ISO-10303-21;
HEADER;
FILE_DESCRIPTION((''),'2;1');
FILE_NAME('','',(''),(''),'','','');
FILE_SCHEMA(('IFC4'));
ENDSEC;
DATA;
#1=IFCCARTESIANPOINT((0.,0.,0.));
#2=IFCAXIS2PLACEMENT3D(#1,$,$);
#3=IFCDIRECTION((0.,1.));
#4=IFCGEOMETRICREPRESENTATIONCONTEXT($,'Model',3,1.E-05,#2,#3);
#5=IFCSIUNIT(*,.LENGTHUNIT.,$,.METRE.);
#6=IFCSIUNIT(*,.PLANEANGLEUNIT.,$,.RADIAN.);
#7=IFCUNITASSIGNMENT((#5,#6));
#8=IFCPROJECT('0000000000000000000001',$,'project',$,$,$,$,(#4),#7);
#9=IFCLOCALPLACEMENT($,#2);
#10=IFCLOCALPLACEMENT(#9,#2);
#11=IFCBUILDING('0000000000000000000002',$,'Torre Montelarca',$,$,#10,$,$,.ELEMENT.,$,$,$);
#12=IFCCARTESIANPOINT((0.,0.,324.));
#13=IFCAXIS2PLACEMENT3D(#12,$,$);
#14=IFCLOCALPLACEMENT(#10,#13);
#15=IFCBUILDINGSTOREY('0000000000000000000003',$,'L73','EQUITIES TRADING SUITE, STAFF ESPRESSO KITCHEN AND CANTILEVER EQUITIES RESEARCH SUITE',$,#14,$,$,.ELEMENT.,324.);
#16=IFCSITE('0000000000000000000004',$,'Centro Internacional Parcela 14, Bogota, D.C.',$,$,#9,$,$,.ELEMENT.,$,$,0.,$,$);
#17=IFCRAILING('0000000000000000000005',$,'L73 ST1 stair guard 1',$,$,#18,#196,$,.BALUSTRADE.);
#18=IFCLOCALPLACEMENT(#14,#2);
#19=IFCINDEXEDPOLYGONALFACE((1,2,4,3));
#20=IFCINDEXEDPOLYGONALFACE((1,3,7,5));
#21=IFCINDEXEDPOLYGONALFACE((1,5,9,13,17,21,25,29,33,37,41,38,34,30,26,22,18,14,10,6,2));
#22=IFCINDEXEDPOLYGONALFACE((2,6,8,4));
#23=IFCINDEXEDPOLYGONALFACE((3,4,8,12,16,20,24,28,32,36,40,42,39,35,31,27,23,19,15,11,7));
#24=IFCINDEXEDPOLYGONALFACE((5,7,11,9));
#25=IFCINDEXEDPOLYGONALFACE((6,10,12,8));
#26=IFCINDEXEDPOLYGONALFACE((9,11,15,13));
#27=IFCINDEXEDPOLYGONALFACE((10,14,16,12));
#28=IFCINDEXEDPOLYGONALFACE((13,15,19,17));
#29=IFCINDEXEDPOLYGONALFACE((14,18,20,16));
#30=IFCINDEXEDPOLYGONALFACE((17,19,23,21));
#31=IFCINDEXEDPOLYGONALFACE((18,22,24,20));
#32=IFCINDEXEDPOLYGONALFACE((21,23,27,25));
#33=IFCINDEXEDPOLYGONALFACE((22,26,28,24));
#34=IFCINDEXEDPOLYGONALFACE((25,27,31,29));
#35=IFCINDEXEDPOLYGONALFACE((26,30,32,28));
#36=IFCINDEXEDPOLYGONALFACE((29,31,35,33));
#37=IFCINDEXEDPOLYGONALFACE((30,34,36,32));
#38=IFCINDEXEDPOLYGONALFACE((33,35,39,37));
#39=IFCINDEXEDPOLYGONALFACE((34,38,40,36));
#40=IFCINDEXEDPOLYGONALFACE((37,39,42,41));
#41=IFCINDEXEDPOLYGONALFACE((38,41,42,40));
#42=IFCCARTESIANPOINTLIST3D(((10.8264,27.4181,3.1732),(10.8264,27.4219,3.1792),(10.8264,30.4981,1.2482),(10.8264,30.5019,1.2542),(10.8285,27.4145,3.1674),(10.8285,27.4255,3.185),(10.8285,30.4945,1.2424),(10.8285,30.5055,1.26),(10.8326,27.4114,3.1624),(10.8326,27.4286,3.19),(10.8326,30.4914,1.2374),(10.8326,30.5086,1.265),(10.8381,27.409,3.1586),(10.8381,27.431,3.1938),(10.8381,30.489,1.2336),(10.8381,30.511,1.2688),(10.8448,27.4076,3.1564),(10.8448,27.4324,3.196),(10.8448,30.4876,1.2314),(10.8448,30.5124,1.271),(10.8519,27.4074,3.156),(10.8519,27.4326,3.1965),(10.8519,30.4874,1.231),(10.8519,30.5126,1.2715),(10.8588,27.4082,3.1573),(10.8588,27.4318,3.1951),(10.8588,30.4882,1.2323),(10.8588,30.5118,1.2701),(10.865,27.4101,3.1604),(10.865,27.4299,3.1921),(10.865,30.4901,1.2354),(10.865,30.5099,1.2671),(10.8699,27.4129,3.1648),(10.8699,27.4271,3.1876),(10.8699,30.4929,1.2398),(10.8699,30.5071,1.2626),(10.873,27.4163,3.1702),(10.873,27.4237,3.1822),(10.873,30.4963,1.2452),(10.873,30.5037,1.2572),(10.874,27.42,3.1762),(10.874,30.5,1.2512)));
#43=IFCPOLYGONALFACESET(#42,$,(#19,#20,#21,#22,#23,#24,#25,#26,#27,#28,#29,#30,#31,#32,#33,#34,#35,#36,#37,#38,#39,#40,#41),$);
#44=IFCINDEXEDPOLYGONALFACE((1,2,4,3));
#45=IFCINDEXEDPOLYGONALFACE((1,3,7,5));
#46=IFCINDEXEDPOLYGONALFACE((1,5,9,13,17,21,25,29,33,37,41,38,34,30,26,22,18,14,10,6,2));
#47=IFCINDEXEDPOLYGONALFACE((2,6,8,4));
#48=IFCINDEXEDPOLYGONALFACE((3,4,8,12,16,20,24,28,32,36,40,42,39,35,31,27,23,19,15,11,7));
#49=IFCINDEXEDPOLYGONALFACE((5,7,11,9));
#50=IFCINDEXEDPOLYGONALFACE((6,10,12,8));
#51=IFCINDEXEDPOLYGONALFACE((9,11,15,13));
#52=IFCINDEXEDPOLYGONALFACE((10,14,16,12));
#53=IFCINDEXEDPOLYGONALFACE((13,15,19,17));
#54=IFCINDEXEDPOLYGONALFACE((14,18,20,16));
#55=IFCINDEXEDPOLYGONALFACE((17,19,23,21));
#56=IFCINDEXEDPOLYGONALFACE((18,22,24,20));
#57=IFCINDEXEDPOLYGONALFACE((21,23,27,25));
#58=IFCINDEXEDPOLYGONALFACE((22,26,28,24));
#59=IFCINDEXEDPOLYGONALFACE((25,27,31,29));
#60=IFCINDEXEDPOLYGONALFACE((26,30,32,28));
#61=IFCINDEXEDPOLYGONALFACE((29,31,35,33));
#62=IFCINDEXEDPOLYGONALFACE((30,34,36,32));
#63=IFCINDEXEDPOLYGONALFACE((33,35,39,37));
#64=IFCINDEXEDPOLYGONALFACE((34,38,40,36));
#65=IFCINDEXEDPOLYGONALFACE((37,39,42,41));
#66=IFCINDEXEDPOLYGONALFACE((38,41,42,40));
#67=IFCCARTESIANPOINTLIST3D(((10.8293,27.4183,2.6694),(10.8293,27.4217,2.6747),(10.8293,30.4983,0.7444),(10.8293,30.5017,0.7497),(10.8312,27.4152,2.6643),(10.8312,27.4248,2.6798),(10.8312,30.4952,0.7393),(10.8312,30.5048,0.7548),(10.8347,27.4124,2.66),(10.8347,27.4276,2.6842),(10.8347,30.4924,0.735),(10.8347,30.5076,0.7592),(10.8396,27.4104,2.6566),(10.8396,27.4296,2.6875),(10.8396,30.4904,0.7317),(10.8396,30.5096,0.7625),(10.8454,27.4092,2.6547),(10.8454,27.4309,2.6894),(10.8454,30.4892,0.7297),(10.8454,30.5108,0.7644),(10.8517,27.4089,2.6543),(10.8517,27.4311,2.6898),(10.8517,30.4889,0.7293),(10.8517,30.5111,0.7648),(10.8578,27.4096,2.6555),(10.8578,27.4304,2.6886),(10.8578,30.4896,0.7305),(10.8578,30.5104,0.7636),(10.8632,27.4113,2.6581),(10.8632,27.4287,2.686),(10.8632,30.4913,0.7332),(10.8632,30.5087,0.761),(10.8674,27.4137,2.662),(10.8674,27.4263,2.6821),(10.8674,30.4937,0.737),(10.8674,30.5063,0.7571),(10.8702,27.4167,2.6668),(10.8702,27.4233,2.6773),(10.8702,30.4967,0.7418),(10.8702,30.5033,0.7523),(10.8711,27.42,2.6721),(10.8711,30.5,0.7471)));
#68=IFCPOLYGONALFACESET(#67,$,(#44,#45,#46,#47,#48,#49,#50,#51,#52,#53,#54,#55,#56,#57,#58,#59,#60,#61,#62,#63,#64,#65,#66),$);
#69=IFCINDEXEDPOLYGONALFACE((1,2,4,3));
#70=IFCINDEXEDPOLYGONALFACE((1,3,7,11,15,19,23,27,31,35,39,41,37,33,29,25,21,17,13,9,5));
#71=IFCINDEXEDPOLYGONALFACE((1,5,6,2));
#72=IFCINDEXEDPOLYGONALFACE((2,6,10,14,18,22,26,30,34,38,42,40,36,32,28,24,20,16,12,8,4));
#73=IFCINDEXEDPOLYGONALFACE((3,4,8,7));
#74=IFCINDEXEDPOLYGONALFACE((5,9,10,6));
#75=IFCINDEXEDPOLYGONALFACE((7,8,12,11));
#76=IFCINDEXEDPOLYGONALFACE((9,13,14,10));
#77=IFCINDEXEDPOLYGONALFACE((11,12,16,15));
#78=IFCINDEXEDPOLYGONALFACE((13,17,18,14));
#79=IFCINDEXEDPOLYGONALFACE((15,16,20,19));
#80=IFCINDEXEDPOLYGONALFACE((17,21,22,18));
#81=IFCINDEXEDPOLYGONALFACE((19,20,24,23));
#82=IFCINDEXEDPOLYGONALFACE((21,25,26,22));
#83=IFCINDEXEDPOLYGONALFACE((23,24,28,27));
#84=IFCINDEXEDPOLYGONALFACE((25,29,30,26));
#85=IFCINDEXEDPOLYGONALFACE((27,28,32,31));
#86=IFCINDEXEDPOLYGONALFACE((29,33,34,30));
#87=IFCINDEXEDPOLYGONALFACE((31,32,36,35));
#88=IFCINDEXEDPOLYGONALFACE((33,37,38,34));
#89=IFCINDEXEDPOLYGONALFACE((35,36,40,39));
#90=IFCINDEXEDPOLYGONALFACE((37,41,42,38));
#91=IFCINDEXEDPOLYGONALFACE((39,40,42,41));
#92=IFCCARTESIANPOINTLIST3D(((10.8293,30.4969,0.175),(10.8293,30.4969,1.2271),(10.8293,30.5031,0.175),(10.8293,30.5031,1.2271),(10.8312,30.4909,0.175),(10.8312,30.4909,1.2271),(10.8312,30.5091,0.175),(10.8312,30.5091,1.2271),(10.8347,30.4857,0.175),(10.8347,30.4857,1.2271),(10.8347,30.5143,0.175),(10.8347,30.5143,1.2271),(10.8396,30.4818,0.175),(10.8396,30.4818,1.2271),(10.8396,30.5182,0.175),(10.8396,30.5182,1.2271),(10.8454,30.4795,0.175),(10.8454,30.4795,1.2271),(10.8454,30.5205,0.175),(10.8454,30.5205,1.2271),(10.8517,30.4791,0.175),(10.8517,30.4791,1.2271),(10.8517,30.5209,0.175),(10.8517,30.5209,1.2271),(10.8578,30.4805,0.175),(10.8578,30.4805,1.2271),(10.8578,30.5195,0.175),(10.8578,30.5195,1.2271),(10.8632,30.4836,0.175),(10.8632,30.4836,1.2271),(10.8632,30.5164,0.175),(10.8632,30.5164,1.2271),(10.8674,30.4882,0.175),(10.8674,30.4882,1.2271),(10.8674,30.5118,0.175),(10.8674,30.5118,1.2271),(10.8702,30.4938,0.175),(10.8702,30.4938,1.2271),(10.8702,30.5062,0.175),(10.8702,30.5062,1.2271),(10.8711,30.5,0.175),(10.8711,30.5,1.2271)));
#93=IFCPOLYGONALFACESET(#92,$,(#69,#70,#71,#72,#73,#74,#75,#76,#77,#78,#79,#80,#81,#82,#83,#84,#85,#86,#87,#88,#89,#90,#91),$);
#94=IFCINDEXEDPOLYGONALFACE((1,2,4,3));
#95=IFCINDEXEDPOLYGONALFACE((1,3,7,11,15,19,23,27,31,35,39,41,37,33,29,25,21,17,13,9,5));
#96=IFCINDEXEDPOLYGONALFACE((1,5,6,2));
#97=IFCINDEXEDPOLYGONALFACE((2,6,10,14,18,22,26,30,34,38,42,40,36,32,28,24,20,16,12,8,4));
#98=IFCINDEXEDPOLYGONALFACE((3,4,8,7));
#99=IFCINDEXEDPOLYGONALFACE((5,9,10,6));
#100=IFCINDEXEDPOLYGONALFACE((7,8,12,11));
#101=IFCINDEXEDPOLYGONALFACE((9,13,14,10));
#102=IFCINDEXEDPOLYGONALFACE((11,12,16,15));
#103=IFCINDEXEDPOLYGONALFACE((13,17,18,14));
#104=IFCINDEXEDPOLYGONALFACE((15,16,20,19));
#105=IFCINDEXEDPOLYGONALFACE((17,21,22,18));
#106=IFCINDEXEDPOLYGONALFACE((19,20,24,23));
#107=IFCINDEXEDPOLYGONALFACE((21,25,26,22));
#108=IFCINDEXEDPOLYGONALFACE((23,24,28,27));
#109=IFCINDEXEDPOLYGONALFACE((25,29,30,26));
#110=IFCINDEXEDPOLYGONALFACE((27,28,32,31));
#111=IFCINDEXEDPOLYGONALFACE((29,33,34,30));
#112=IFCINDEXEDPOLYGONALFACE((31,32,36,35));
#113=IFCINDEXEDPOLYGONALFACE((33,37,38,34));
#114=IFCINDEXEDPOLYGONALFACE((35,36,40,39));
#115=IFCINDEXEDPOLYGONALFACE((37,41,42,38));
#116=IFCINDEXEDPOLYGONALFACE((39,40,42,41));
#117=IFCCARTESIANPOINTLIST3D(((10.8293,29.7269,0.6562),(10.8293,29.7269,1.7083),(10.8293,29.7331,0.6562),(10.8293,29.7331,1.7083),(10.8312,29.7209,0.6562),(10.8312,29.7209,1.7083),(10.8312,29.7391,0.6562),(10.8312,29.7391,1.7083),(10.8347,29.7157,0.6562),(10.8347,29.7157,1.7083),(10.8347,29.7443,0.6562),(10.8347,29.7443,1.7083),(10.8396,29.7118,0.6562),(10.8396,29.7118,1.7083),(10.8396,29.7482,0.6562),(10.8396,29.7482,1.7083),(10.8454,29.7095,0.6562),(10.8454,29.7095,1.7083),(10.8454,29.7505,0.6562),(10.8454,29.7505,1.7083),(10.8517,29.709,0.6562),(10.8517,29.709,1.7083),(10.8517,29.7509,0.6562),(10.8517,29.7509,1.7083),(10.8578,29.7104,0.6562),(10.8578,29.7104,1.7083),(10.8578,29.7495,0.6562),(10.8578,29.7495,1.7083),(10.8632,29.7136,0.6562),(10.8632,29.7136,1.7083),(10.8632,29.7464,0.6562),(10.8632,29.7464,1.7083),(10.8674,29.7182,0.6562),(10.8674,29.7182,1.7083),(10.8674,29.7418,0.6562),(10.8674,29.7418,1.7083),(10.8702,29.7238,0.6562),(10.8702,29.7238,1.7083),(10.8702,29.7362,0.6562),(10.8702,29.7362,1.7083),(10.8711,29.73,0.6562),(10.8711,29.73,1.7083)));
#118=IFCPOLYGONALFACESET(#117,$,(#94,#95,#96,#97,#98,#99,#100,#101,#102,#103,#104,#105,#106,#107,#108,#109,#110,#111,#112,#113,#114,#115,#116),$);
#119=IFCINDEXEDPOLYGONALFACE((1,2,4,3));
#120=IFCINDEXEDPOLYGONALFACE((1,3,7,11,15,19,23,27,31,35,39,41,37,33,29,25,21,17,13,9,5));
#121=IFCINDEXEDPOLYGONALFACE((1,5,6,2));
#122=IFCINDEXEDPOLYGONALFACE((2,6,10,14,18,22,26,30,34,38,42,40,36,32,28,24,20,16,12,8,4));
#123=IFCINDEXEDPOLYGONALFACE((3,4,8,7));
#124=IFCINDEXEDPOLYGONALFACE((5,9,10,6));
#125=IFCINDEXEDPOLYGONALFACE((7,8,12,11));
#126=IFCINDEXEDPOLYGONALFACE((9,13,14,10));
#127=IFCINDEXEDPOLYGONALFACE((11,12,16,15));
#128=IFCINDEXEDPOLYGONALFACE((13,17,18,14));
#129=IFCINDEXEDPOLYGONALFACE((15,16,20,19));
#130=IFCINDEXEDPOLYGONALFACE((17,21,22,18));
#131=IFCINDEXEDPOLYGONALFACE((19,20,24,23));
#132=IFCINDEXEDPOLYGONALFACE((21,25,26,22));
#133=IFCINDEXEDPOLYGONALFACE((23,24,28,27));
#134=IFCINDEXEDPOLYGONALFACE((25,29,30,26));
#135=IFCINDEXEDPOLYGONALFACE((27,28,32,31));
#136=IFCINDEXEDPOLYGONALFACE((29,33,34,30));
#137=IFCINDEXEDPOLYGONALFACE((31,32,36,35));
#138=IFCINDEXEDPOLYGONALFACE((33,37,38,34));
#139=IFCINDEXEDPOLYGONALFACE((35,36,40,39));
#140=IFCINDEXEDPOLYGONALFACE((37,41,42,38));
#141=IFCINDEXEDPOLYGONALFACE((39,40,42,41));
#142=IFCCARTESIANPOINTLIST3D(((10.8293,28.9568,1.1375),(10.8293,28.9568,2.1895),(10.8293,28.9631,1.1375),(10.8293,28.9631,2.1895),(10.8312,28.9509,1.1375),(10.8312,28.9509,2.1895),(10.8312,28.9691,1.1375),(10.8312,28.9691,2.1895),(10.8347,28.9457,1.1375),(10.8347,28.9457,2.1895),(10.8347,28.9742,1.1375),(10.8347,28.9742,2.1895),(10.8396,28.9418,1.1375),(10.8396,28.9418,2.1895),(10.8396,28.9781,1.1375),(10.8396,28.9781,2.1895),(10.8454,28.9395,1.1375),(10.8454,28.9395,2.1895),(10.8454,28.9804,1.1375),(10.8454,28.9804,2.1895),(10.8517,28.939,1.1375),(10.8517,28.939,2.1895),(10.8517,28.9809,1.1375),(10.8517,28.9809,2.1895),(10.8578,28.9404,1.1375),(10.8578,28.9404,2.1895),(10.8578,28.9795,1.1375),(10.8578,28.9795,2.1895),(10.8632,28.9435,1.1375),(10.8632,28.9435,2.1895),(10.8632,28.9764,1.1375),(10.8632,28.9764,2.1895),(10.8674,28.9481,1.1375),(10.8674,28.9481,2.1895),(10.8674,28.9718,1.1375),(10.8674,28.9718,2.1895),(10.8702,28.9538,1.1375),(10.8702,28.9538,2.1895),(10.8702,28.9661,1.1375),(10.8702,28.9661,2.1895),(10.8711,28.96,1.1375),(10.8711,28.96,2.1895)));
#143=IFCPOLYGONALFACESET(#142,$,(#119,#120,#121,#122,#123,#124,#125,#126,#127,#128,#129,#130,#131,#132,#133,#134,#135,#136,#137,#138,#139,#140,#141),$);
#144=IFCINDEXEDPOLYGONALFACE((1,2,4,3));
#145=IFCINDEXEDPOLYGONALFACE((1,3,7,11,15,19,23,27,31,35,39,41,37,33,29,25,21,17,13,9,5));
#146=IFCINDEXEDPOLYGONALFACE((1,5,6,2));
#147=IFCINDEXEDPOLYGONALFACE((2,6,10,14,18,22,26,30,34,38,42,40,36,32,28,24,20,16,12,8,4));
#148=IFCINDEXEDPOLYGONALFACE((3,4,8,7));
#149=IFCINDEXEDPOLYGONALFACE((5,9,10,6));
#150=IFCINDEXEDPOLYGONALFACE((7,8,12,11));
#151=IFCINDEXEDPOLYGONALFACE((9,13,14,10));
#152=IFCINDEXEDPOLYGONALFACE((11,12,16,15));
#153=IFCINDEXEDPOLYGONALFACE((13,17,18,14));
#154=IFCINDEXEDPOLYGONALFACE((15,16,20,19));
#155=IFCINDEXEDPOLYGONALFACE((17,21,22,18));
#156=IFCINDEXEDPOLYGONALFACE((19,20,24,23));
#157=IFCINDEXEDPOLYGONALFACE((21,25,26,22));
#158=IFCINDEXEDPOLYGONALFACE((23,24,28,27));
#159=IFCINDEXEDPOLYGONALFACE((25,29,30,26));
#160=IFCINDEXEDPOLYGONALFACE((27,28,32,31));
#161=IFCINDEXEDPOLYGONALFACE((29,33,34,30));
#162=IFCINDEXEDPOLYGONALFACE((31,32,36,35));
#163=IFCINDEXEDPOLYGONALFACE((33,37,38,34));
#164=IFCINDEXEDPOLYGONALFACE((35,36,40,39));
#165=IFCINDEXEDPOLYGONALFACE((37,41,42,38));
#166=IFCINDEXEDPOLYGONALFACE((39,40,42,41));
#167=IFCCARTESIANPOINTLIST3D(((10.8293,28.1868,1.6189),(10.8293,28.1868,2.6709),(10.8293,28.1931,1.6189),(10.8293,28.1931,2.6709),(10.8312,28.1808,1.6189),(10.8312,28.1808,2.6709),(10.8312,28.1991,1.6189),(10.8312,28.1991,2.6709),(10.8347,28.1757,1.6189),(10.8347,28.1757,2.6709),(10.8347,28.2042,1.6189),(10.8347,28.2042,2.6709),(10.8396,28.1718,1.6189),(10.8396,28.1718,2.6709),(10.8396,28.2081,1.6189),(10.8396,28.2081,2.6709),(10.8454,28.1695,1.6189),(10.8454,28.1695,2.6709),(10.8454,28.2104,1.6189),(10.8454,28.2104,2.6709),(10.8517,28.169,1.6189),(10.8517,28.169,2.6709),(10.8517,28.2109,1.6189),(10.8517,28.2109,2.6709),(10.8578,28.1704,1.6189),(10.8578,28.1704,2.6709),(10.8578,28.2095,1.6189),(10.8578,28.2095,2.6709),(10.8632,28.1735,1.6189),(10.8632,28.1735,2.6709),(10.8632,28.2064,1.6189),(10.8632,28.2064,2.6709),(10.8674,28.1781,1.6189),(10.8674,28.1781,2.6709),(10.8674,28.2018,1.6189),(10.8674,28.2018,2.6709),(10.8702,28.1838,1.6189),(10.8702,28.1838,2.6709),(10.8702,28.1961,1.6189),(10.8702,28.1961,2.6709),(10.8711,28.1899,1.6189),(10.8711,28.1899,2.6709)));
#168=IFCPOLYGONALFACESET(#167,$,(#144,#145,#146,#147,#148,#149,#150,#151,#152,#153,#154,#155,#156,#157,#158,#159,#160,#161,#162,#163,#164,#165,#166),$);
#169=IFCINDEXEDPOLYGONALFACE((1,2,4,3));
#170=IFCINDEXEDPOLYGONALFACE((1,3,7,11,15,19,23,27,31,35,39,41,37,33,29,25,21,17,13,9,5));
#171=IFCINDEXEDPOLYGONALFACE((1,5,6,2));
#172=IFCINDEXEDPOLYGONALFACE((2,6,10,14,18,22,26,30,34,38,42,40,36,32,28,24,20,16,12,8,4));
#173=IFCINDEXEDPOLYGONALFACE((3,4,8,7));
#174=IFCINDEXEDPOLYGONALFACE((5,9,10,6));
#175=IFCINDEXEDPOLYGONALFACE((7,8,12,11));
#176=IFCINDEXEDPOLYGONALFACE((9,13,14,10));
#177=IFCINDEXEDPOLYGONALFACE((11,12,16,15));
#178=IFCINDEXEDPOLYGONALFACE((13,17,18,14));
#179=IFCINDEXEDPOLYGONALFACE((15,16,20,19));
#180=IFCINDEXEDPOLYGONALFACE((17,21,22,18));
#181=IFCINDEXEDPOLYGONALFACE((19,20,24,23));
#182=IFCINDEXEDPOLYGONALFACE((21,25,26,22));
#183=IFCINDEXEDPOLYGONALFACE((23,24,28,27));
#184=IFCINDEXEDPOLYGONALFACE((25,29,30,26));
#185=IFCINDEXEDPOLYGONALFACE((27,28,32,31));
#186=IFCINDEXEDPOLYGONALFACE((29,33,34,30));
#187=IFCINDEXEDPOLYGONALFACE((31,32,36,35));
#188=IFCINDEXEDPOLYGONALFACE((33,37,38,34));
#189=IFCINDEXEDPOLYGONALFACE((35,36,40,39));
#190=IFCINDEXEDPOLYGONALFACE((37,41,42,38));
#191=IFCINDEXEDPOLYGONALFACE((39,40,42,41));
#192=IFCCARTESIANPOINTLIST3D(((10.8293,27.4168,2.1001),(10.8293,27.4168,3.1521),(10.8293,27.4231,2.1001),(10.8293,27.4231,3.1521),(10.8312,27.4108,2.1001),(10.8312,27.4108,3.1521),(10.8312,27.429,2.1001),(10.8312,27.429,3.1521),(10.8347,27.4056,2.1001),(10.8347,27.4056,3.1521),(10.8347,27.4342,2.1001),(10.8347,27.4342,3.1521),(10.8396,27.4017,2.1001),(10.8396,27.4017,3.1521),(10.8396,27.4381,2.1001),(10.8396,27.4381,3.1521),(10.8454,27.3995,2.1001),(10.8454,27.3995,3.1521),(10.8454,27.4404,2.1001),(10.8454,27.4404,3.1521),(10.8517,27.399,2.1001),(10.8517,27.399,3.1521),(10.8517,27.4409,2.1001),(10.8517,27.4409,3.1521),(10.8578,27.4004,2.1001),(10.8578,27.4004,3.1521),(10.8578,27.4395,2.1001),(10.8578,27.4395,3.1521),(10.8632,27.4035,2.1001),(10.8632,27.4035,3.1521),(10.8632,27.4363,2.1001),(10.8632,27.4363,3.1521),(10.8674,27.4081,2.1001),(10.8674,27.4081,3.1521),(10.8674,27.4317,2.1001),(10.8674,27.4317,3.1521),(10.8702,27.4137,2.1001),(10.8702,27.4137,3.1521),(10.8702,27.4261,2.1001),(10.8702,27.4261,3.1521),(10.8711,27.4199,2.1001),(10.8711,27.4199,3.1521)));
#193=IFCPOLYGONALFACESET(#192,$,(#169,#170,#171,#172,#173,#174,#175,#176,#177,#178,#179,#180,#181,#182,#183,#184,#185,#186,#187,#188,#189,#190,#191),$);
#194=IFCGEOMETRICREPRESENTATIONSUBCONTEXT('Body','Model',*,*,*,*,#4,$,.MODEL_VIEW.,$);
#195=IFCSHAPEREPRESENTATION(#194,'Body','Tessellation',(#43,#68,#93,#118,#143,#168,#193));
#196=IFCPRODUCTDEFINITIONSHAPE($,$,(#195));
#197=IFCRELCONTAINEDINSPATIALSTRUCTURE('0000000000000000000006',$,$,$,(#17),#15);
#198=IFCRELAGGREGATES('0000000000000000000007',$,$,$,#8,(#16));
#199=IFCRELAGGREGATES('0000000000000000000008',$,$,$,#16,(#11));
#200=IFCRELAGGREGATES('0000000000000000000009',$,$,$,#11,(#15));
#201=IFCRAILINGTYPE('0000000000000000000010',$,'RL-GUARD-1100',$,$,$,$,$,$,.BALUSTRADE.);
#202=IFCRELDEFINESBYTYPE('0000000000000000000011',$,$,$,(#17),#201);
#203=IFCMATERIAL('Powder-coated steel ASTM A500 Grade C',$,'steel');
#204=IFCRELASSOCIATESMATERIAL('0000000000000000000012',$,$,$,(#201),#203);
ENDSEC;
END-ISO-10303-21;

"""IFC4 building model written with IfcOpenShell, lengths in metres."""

from ifc_helpers import new_model, si_unit, direction, frame, origin, origin_2d, place, context, subcontext, project, spatial, circle, extrude, material, type_object, element, save


model = new_model("IFC4")

# Units and contexts
model_context = context("Model", 3, precision=1e-05, world=origin(), true_north=direction((0.0, 1.0)))
body_context = subcontext(model_context, "Body", "Model", "MODEL_VIEW")
ifc_project = project(units=[si_unit("LENGTHUNIT", "METRE"), si_unit("PLANEANGLEUNIT", "RADIAN")], contexts=[model_context])

# Site, building, storey
site_placement = place(None, origin())
site = spatial("IfcSite", under=ifc_project, at=site_placement, Name="Centro Internacional Parcela 14, Bogota, D.C.", CompositionType="ELEMENT", RefElevation=0.0)
building_placement = place(site_placement, origin())
building = spatial("IfcBuilding", under=site, at=building_placement, Name="Torre Montelarca", CompositionType="ELEMENT")
storey_placement = place(building_placement, frame((0.0, 0.0, 324.0)))
storey = spatial("IfcBuildingStorey", under=building, at=storey_placement, Name="L73", Description="EQUITIES TRADING SUITE, STAFF ESPRESSO KITCHEN AND CANTILEVER EQUITIES RESEARCH SUITE", CompositionType="ELEMENT", Elevation=324.0)

# Railing
ifc_material_1 = material(Name="Powder-coated steel ASTM A500 Grade C", Category="steel")
railing_type_1 = type_object("IfcRailingType", Name="RL-GUARD-1100", PredefinedType="BALUSTRADE", material=ifc_material_1)
railing_1_placement = place(storey_placement, frame((10.8501, 30.5, 0.175)))
element("IfcRailing", 1, at=railing_1_placement, inside=storey, type_object=railing_type_1, Name="L73 ST1 stair guard 1", PredefinedType="BALUSTRADE", context=body_context, shape_type="SweptSolid", body=[
    extrude(circle(Radius=0.0239, at=origin_2d()), frame((0.0, 0.0, 1.0762), z_axis=(0.0, -0.847998, 0.529999), x_axis=(1.0, 0.0, 0.0)), (0.0, 0.0, 1.0), 3.6321),
    extrude(circle(Radius=0.021, at=origin_2d()), frame((0.0, 0.0, 0.572), z_axis=(0.0, -0.847998, 0.529999), x_axis=(1.0, 0.0, 0.0)), (0.0, 0.0, 1.0), 3.6321),
    extrude(circle(Radius=0.021, at=origin_2d()), origin(), (0.0, 0.0, 1.0), 1.052),
    extrude(circle(Radius=0.021, at=origin_2d()), frame((0.0, -0.77, 0.4812)), (0.0, 0.0, 1.0), 1.052),
    extrude(circle(Radius=0.021, at=origin_2d()), frame((0.0, -1.54, 0.9624)), (0.0, 0.0, 1.0), 1.052),
    extrude(circle(Radius=0.021, at=origin_2d()), frame((0.0, -2.3101, 1.4438)), (0.0, 0.0, 1.0), 1.052),
    extrude(circle(Radius=0.021, at=origin_2d()), frame((0.0, -3.0801, 1.925)), (0.0, 0.0, 1.0), 1.052),
])

save(model, "model.ifc")
